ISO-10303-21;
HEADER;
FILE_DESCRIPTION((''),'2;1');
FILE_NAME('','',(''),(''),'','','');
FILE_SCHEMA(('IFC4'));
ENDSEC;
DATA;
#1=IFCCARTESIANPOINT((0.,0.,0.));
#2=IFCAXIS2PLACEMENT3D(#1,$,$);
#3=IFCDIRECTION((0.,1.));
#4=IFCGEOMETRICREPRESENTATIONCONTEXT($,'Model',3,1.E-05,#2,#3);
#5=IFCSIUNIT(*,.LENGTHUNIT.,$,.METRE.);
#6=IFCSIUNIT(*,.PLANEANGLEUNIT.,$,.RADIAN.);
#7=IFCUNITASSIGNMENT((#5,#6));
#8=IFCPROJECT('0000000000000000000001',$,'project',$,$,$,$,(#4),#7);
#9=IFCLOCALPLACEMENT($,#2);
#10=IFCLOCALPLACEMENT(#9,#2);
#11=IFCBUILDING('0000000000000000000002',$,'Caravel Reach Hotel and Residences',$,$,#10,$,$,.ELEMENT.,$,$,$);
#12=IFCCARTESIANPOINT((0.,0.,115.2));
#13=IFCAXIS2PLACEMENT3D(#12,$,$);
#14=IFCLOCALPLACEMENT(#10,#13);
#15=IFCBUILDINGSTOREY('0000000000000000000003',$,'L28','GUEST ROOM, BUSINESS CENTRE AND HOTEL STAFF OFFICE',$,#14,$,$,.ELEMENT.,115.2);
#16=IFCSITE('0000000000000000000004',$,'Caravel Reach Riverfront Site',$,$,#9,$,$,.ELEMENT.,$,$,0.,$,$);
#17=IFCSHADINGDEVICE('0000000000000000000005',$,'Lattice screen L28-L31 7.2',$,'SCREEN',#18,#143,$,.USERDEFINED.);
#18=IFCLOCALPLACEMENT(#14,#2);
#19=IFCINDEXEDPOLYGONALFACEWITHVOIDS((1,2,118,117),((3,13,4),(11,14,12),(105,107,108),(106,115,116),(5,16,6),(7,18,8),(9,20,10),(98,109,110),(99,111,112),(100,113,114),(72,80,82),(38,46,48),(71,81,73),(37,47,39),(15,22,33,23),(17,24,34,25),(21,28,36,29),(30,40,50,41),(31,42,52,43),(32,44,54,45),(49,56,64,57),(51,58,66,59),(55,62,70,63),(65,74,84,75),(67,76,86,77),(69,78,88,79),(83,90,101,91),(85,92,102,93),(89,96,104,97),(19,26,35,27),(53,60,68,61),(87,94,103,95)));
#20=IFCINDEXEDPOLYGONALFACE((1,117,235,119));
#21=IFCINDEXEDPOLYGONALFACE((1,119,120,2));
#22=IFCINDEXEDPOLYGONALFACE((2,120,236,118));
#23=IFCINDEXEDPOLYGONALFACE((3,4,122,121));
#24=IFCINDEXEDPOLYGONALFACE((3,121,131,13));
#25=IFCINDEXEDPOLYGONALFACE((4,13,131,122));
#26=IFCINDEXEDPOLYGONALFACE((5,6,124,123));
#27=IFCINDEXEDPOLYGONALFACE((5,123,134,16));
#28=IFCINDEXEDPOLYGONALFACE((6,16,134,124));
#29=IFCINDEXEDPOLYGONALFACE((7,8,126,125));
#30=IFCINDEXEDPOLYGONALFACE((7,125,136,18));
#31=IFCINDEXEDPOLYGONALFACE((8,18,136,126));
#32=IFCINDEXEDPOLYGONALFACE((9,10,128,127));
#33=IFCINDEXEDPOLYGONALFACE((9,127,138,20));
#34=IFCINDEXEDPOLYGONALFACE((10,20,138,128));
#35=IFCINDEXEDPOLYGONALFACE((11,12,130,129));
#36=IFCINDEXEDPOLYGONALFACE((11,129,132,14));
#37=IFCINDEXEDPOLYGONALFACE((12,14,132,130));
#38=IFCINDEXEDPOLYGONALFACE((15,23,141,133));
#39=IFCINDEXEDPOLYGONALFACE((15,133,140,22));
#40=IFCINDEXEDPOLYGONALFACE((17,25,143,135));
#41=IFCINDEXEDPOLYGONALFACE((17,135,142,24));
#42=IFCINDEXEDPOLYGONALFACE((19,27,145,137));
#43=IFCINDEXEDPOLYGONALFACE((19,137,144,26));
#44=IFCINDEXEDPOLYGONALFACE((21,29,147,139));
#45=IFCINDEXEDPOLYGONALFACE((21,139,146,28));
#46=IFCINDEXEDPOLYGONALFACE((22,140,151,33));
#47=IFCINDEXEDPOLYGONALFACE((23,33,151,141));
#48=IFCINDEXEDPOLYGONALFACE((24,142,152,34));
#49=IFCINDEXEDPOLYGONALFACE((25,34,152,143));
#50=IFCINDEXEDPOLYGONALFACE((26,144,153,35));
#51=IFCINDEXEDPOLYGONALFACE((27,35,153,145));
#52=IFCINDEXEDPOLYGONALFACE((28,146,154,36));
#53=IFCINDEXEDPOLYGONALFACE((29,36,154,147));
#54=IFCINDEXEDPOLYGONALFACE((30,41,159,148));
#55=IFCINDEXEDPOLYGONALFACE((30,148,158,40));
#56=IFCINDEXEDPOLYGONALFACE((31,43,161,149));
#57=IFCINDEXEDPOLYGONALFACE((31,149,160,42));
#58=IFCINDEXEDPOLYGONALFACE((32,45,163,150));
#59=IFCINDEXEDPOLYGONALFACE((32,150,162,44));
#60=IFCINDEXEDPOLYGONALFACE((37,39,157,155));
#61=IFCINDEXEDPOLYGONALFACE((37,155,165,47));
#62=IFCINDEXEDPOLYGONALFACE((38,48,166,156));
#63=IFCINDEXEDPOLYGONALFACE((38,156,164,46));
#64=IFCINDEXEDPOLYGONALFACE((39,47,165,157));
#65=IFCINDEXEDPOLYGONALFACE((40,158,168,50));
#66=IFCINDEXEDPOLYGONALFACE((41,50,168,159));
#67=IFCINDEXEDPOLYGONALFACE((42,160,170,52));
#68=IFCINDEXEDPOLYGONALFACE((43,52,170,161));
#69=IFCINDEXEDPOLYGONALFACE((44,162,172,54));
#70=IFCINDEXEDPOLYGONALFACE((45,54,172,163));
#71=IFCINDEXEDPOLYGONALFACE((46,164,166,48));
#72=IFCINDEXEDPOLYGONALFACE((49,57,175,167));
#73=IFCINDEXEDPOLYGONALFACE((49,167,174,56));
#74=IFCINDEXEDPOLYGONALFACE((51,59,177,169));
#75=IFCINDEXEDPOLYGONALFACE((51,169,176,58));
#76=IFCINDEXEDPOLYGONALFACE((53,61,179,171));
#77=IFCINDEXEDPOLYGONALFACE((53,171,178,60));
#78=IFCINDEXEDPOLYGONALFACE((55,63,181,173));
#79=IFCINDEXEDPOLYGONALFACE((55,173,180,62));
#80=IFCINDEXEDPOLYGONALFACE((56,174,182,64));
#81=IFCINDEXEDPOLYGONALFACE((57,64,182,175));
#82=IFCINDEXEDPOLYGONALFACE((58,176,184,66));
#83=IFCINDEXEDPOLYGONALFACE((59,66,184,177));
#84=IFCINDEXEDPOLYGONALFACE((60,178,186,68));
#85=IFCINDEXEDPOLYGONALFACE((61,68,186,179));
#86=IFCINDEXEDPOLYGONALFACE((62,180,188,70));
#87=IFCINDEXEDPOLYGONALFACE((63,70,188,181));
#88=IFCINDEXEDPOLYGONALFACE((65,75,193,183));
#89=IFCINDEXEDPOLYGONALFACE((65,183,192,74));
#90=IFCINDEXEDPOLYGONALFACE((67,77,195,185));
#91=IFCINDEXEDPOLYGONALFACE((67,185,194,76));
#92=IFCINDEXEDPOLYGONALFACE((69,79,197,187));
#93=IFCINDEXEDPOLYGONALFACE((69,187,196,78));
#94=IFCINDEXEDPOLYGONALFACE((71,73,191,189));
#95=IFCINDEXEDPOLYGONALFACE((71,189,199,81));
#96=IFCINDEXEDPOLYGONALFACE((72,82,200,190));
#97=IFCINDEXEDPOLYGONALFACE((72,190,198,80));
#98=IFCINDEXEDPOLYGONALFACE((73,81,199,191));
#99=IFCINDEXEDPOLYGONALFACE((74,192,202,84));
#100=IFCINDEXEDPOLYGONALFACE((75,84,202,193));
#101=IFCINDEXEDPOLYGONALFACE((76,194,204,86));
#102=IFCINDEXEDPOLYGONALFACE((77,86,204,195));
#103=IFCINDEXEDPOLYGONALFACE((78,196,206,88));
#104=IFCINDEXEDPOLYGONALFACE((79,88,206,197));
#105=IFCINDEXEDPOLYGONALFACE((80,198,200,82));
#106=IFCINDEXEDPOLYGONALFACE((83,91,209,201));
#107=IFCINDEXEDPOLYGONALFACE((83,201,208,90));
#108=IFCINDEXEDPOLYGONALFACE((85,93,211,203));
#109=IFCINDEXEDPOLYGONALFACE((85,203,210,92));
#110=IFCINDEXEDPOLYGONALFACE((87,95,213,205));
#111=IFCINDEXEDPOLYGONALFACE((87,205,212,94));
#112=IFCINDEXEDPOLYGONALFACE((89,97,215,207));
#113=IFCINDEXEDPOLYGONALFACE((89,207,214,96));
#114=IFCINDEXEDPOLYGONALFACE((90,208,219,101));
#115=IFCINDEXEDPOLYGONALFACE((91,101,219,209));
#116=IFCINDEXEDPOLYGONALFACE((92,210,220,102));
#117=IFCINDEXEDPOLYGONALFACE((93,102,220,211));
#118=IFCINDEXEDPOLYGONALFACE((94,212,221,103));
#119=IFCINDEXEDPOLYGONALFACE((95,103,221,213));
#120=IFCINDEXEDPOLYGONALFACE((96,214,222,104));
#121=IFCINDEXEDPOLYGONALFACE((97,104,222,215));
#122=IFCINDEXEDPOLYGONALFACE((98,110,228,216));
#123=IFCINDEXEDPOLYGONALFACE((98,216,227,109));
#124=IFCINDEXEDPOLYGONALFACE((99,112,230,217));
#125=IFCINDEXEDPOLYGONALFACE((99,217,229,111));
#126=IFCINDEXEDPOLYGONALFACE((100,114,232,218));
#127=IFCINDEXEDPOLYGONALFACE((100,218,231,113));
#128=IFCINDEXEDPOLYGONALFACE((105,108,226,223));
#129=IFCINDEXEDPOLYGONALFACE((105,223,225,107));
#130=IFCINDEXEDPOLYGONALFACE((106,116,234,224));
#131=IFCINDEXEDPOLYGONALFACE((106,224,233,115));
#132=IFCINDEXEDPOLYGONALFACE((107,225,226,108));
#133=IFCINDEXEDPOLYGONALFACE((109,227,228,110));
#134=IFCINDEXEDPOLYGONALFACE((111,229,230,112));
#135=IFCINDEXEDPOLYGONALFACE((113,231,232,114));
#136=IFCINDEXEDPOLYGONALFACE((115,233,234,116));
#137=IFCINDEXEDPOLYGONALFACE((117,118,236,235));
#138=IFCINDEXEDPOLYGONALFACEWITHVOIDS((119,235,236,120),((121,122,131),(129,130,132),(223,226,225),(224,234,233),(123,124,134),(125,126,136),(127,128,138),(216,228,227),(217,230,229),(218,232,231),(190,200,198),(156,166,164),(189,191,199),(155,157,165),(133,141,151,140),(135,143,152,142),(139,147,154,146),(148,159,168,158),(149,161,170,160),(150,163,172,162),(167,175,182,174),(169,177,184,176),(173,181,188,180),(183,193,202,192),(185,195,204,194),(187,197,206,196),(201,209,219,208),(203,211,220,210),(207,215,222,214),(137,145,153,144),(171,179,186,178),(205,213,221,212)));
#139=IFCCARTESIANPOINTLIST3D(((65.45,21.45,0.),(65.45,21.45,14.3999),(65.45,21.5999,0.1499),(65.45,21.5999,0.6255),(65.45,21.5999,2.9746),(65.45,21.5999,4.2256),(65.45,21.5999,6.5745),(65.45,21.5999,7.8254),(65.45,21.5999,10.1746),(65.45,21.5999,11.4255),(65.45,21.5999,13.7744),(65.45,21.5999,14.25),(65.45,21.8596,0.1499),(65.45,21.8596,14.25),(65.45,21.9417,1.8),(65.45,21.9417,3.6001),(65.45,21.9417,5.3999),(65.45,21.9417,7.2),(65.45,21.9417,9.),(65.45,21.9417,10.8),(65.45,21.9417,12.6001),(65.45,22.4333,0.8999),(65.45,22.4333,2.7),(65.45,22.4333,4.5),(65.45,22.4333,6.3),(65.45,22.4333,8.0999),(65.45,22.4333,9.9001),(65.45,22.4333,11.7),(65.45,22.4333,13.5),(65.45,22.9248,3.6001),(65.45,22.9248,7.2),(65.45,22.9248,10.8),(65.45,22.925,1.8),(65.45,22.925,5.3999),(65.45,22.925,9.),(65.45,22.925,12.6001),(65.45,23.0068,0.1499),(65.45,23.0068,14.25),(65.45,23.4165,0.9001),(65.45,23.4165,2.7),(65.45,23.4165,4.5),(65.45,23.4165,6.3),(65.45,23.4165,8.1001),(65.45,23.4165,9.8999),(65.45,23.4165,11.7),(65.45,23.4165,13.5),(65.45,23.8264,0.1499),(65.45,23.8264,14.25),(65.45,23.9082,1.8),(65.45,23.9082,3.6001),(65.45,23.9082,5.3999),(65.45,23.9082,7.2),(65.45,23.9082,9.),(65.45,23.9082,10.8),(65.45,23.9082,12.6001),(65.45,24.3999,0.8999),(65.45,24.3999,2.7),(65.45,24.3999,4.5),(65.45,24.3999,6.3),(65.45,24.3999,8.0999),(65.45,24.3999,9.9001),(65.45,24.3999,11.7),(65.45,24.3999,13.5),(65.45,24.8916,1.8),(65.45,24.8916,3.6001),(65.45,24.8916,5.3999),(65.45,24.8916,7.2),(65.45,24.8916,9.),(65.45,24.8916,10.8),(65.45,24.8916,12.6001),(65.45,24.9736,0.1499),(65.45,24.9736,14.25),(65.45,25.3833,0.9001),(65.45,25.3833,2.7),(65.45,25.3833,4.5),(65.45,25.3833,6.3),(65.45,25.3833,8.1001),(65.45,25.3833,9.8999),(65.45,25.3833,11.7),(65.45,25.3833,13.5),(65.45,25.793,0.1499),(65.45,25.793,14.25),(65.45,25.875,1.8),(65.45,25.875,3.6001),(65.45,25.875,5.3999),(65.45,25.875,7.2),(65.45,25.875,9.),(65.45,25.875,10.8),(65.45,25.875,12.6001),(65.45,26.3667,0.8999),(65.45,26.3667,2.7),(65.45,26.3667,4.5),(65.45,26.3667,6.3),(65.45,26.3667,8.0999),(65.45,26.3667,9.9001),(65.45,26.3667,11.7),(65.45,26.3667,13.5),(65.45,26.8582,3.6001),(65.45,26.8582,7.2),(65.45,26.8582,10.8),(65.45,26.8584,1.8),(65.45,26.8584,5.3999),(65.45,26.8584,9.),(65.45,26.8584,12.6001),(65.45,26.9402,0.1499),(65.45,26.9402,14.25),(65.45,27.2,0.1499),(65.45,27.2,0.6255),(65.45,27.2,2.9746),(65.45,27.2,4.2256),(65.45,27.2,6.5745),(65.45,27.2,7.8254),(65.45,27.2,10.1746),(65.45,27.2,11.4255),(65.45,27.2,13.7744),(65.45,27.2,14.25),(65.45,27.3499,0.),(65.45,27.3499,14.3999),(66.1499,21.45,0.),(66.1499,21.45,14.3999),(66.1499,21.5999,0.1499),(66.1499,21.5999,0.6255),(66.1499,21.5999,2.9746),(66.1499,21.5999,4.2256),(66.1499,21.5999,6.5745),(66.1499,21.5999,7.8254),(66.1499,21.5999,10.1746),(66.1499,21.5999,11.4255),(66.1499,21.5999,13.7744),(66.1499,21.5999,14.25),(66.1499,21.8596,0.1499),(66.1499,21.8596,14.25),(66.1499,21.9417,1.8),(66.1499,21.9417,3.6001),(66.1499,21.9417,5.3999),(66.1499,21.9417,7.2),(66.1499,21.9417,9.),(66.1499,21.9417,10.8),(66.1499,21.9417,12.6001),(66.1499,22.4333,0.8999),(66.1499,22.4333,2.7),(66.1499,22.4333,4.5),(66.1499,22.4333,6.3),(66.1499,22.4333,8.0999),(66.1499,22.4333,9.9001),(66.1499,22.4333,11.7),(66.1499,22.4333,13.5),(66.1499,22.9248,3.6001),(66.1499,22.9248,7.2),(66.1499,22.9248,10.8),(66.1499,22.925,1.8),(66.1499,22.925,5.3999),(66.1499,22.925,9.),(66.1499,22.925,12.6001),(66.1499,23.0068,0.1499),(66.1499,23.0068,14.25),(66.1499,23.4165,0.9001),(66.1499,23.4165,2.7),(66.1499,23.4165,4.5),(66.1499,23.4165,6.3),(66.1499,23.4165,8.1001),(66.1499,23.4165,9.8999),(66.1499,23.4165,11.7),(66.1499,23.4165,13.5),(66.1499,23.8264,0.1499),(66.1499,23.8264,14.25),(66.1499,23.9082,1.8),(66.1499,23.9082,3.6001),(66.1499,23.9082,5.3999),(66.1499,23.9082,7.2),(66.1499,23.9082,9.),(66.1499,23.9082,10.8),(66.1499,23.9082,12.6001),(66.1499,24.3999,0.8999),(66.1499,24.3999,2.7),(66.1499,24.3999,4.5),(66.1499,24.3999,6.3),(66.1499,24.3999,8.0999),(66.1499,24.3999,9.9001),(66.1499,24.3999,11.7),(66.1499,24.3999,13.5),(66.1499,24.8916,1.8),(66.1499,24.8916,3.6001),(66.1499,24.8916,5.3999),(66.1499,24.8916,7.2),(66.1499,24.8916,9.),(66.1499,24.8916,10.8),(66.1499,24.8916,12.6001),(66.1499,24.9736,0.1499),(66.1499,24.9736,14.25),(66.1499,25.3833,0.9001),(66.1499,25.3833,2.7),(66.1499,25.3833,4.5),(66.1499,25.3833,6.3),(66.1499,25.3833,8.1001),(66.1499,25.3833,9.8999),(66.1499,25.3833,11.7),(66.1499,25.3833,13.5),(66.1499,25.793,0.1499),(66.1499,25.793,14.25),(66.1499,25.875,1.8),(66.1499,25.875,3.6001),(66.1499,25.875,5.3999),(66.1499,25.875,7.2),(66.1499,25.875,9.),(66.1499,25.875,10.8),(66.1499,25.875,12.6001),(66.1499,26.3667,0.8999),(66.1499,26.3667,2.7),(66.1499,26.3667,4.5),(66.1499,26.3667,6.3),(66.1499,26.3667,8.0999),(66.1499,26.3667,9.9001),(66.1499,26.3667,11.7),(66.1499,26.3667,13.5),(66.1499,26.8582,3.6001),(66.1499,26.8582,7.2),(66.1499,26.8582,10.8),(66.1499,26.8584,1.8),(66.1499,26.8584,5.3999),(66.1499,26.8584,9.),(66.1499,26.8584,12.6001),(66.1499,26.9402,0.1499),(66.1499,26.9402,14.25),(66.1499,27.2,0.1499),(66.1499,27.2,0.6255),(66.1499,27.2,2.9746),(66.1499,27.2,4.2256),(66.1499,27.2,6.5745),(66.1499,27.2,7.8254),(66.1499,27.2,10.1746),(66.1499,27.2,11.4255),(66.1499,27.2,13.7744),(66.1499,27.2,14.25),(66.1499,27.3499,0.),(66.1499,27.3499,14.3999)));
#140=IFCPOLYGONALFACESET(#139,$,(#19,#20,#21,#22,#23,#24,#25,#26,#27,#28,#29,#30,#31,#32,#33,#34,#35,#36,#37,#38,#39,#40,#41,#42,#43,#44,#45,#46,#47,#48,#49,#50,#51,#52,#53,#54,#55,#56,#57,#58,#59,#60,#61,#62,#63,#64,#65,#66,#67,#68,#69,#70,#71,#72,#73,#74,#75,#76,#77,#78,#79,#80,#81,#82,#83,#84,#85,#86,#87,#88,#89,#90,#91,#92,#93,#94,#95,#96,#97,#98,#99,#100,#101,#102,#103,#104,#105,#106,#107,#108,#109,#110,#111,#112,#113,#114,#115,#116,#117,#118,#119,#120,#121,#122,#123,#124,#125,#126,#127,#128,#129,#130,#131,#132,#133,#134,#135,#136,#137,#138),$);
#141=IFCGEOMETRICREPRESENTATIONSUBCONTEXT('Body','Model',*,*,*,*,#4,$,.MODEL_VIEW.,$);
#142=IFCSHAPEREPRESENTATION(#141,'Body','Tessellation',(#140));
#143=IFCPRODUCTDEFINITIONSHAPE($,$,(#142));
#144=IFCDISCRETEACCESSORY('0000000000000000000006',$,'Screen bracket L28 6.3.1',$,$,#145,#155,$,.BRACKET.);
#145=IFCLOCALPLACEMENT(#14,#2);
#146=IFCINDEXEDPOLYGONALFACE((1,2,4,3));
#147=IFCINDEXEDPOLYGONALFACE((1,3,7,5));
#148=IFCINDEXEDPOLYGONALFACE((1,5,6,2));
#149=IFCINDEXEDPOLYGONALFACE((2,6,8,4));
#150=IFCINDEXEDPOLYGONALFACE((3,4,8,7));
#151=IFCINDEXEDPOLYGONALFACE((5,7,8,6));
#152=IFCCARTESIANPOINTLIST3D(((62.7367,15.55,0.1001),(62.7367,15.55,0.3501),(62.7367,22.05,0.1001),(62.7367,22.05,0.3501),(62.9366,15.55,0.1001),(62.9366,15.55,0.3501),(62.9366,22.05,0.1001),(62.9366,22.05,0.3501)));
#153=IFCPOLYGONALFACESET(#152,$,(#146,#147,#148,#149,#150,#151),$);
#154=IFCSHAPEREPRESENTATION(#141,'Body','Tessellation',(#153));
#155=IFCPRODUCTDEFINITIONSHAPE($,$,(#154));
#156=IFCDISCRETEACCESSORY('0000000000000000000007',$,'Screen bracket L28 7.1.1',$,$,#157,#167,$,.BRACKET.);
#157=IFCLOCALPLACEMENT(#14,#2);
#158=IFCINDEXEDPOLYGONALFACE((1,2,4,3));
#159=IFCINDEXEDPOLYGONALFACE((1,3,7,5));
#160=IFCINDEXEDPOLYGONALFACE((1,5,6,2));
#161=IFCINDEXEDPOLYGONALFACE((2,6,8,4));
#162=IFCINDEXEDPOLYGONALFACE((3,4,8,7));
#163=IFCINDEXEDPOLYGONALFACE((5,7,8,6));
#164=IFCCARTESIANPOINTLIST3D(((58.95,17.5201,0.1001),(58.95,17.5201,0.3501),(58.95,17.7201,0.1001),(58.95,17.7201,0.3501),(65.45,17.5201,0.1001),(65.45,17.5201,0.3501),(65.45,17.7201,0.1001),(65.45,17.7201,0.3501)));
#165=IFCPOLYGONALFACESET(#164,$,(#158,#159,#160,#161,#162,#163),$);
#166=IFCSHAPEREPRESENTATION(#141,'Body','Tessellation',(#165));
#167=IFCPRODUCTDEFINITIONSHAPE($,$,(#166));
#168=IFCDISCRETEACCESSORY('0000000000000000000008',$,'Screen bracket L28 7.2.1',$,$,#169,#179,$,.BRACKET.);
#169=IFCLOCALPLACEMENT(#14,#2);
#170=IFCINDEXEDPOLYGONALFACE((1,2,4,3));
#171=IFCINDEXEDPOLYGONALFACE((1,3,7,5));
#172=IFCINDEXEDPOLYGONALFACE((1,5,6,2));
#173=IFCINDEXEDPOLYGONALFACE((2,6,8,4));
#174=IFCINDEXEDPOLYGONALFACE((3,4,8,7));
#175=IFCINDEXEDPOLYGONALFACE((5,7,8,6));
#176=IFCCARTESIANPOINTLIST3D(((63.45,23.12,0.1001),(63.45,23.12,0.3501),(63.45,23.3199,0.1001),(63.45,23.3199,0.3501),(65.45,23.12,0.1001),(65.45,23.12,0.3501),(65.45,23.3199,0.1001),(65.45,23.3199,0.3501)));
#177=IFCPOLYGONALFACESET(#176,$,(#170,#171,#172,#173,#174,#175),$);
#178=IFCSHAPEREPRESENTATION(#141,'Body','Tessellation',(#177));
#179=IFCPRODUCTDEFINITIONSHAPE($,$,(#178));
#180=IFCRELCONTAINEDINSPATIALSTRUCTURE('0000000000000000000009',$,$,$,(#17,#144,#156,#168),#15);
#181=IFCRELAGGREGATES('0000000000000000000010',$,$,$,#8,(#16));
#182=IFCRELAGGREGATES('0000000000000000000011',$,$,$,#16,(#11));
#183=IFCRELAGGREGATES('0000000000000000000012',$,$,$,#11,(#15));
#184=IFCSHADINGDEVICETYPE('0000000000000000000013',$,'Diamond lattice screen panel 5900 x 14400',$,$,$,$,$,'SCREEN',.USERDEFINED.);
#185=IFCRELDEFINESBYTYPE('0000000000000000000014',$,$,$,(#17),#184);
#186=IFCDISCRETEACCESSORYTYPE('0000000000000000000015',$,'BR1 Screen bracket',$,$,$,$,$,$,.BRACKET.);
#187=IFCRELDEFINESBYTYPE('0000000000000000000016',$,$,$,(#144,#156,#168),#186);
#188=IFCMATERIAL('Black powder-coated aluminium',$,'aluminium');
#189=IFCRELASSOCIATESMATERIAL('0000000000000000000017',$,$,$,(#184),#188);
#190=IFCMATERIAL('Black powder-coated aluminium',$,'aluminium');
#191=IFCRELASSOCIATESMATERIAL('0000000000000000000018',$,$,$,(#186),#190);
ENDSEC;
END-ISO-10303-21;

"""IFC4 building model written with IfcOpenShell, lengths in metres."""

from ifc_helpers import new_model, si_unit, direction, frame, origin, origin_2d, place, context, subcontext, project, spatial, polyline, rectangle, outline, extrude, material, type_object, element, save


model = new_model("IFC4")

# Units and contexts
model_context = context("Model", 3, precision=1e-05, world=origin(), true_north=direction((0.0, 1.0)))
body_context = subcontext(model_context, "Body", "Model", "MODEL_VIEW")
ifc_project = project(units=[si_unit("LENGTHUNIT", "METRE"), si_unit("PLANEANGLEUNIT", "RADIAN")], contexts=[model_context])

# Site, building, storey
site_placement = place(None, origin())
site = spatial("IfcSite", under=ifc_project, at=site_placement, Name="Caravel Reach Riverfront Site", CompositionType="ELEMENT", RefElevation=0.0)
building_placement = place(site_placement, origin())
building = spatial("IfcBuilding", under=site, at=building_placement, Name="Caravel Reach Hotel and Residences", CompositionType="ELEMENT")
storey_placement = place(building_placement, frame((0.0, 0.0, 115.2)))
storey = spatial("IfcBuildingStorey", under=building, at=storey_placement, Name="L28", Description="GUEST ROOM, BUSINESS CENTRE AND HOTEL STAFF OFFICE", CompositionType="ELEMENT", Elevation=115.2)

# Shading device
ifc_material_1 = material(Name="Black powder-coated aluminium", Category="aluminium")
shading_device_type_1 = type_object("IfcShadingDeviceType", Name="Diamond lattice screen panel 5900 x 14400", ElementType="SCREEN", PredefinedType="USERDEFINED", material=ifc_material_1)
shading_device_1_placement = place(storey_placement, frame((65.45, 21.45, 0.0), z_axis=(1.0, 0.0, 0.0), x_axis=(0.0, 1.0, 0.0)))
element("IfcShadingDevice", 1, at=shading_device_1_placement, inside=storey, type_object=shading_device_type_1, Name="Lattice screen L28-L31 7.2", ObjectType="SCREEN", PredefinedType="USERDEFINED", context=body_context, shape_type="SweptSolid", body=[
    extrude(outline(polyline([(0.0, 0.0), (5.8999, 0.0), (5.8999, 14.3999), (0.0, 14.3999), (0.0, 0.0)]), holes=[polyline([(0.4097, 0.1499), (0.1499, 0.6255), (0.1499, 0.1499), (0.4097, 0.1499)]), polyline([(0.4917, 3.6001), (0.1499, 4.2256), (0.1499, 2.9746), (0.4917, 3.6001)]), polyline([(0.4917, 7.2), (0.1499, 7.8254), (0.1499, 6.5745), (0.4917, 7.2)]), polyline([(0.4917, 10.8), (0.1499, 11.4255), (0.1499, 10.1746), (0.4917, 10.8)]), polyline([(0.1499, 13.7744), (0.4097, 14.25), (0.1499, 14.25), (0.1499, 13.7744)]), polyline([(0.9834, 2.7), (0.4917, 1.8), (0.9834, 0.8999), (1.4751, 1.8), (0.9834, 2.7)]), polyline([(0.9834, 6.3), (0.4917, 5.3999), (0.9834, 4.5), (1.4751, 5.3999), (0.9834, 6.3)]), polyline([(0.9834, 9.9001), (0.4917, 9.0), (0.9834, 8.0999), (1.4751, 9.0), (0.9834, 9.9001)]), polyline([(0.9834, 13.5), (0.4917, 12.6001), (0.9834, 11.7), (1.4751, 12.6001), (0.9834, 13.5)]), polyline([(1.9666, 0.9001), (1.5569, 0.1499), (2.3765, 0.1499), (1.9666, 0.9001)]), polyline([(1.9666, 4.5), (1.4749, 3.6001), (1.9666, 2.7), (2.4583, 3.6001), (1.9666, 4.5)]), polyline([(1.9666, 8.1001), (1.4749, 7.2), (1.9666, 6.3), (2.4583, 7.2), (1.9666, 8.1001)]), polyline([(1.9666, 11.7), (1.4749, 10.8), (1.9666, 9.8999), (2.4583, 10.8), (1.9666, 11.7)]), polyline([(1.9666, 13.5), (2.3765, 14.25), (1.5569, 14.25), (1.9666, 13.5)]), polyline([(2.95, 2.7), (2.4583, 1.8), (2.95, 0.8999), (3.4417, 1.8), (2.95, 2.7)]), polyline([(2.95, 6.3), (2.4583, 5.3999), (2.95, 4.5), (3.4417, 5.3999), (2.95, 6.3)]), polyline([(2.95, 9.9001), (2.4583, 9.0), (2.95, 8.0999), (3.4417, 9.0), (2.95, 9.9001)]), polyline([(2.95, 13.5), (2.4583, 12.6001), (2.95, 11.7), (3.4417, 12.6001), (2.95, 13.5)]), polyline([(3.9333, 0.9001), (3.5237, 0.1499), (4.343, 0.1499), (3.9333, 0.9001)]), polyline([(3.9333, 4.5), (3.4417, 3.6001), (3.9333, 2.7), (4.425, 3.6001), (3.9333, 4.5)]), polyline([(3.9333, 8.1001), (3.4417, 7.2), (3.9333, 6.3), (4.425, 7.2), (3.9333, 8.1001)]), polyline([(3.9333, 11.7), (3.4417, 10.8), (3.9333, 9.8999), (4.425, 10.8), (3.9333, 11.7)]), polyline([(3.9333, 13.5), (4.343, 14.25), (3.5237, 14.25), (3.9333, 13.5)]), polyline([(4.9167, 2.7), (4.425, 1.8), (4.9167, 0.8999), (5.4084, 1.8), (4.9167, 2.7)]), polyline([(4.9167, 6.3), (4.425, 5.3999), (4.9167, 4.5), (5.4084, 5.3999), (4.9167, 6.3)]), polyline([(4.9167, 9.9001), (4.425, 9.0), (4.9167, 8.0999), (5.4084, 9.0), (4.9167, 9.9001)]), polyline([(4.9167, 13.5), (4.425, 12.6001), (4.9167, 11.7), (5.4084, 12.6001), (4.9167, 13.5)]), polyline([(5.75, 0.6255), (5.4902, 0.1499), (5.75, 0.1499), (5.75, 0.6255)]), polyline([(5.4082, 3.6001), (5.75, 2.9746), (5.75, 4.2256), (5.4082, 3.6001)]), polyline([(5.4082, 7.2), (5.75, 6.5745), (5.75, 7.8254), (5.4082, 7.2)]), polyline([(5.4082, 10.8), (5.75, 10.1746), (5.75, 11.4255), (5.4082, 10.8)]), polyline([(5.4902, 14.25), (5.75, 13.7744), (5.75, 14.25), (5.4902, 14.25)])]), origin(), (0.0, 0.0, 1.0), 0.7),
])

# Discrete accessories
ifc_material_2 = material(Name="Black powder-coated aluminium", Category="aluminium")
discrete_accessory_type = type_object("IfcDiscreteAccessoryType", Name="BR1 Screen bracket", PredefinedType="BRACKET", material=ifc_material_2)
for number, where, z_axis, x_axis, name in (
    (2, (62.8367, 18.8, 0.1001), (0.0, 0.0, 1.0), (0.0, -1.0, 0.0), "Screen bracket L28 6.3.1"),
    (3, (62.2, 17.6201, 0.1001), (0.0, 0.0, 1.0), (1.0, 0.0, 0.0), "Screen bracket L28 7.1.1"),
):
    element("IfcDiscreteAccessory", number, at=place(storey_placement, frame(where, z_axis=z_axis, x_axis=x_axis)), inside=storey, type_object=discrete_accessory_type, Name=name, PredefinedType="BRACKET", context=body_context, shape_type="SweptSolid", body=[
        extrude(rectangle(XDim=6.5, YDim=0.2, at=origin_2d()), origin(), (0.0, 0.0, 1.0), 0.25),
    ])
discrete_accessory_placement = place(storey_placement, frame((64.45, 23.22, 0.1001), z_axis=(0.0, 0.0, 1.0), x_axis=(1.0, 0.0, 0.0)))
element("IfcDiscreteAccessory", 4, at=discrete_accessory_placement, inside=storey, type_object=discrete_accessory_type, Name="Screen bracket L28 7.2.1", PredefinedType="BRACKET", context=body_context, shape_type="SweptSolid", body=[
    extrude(rectangle(XDim=2.0, YDim=0.2, at=origin_2d()), origin(), (0.0, 0.0, 1.0), 0.25),
])

save(model, "model.ifc")
